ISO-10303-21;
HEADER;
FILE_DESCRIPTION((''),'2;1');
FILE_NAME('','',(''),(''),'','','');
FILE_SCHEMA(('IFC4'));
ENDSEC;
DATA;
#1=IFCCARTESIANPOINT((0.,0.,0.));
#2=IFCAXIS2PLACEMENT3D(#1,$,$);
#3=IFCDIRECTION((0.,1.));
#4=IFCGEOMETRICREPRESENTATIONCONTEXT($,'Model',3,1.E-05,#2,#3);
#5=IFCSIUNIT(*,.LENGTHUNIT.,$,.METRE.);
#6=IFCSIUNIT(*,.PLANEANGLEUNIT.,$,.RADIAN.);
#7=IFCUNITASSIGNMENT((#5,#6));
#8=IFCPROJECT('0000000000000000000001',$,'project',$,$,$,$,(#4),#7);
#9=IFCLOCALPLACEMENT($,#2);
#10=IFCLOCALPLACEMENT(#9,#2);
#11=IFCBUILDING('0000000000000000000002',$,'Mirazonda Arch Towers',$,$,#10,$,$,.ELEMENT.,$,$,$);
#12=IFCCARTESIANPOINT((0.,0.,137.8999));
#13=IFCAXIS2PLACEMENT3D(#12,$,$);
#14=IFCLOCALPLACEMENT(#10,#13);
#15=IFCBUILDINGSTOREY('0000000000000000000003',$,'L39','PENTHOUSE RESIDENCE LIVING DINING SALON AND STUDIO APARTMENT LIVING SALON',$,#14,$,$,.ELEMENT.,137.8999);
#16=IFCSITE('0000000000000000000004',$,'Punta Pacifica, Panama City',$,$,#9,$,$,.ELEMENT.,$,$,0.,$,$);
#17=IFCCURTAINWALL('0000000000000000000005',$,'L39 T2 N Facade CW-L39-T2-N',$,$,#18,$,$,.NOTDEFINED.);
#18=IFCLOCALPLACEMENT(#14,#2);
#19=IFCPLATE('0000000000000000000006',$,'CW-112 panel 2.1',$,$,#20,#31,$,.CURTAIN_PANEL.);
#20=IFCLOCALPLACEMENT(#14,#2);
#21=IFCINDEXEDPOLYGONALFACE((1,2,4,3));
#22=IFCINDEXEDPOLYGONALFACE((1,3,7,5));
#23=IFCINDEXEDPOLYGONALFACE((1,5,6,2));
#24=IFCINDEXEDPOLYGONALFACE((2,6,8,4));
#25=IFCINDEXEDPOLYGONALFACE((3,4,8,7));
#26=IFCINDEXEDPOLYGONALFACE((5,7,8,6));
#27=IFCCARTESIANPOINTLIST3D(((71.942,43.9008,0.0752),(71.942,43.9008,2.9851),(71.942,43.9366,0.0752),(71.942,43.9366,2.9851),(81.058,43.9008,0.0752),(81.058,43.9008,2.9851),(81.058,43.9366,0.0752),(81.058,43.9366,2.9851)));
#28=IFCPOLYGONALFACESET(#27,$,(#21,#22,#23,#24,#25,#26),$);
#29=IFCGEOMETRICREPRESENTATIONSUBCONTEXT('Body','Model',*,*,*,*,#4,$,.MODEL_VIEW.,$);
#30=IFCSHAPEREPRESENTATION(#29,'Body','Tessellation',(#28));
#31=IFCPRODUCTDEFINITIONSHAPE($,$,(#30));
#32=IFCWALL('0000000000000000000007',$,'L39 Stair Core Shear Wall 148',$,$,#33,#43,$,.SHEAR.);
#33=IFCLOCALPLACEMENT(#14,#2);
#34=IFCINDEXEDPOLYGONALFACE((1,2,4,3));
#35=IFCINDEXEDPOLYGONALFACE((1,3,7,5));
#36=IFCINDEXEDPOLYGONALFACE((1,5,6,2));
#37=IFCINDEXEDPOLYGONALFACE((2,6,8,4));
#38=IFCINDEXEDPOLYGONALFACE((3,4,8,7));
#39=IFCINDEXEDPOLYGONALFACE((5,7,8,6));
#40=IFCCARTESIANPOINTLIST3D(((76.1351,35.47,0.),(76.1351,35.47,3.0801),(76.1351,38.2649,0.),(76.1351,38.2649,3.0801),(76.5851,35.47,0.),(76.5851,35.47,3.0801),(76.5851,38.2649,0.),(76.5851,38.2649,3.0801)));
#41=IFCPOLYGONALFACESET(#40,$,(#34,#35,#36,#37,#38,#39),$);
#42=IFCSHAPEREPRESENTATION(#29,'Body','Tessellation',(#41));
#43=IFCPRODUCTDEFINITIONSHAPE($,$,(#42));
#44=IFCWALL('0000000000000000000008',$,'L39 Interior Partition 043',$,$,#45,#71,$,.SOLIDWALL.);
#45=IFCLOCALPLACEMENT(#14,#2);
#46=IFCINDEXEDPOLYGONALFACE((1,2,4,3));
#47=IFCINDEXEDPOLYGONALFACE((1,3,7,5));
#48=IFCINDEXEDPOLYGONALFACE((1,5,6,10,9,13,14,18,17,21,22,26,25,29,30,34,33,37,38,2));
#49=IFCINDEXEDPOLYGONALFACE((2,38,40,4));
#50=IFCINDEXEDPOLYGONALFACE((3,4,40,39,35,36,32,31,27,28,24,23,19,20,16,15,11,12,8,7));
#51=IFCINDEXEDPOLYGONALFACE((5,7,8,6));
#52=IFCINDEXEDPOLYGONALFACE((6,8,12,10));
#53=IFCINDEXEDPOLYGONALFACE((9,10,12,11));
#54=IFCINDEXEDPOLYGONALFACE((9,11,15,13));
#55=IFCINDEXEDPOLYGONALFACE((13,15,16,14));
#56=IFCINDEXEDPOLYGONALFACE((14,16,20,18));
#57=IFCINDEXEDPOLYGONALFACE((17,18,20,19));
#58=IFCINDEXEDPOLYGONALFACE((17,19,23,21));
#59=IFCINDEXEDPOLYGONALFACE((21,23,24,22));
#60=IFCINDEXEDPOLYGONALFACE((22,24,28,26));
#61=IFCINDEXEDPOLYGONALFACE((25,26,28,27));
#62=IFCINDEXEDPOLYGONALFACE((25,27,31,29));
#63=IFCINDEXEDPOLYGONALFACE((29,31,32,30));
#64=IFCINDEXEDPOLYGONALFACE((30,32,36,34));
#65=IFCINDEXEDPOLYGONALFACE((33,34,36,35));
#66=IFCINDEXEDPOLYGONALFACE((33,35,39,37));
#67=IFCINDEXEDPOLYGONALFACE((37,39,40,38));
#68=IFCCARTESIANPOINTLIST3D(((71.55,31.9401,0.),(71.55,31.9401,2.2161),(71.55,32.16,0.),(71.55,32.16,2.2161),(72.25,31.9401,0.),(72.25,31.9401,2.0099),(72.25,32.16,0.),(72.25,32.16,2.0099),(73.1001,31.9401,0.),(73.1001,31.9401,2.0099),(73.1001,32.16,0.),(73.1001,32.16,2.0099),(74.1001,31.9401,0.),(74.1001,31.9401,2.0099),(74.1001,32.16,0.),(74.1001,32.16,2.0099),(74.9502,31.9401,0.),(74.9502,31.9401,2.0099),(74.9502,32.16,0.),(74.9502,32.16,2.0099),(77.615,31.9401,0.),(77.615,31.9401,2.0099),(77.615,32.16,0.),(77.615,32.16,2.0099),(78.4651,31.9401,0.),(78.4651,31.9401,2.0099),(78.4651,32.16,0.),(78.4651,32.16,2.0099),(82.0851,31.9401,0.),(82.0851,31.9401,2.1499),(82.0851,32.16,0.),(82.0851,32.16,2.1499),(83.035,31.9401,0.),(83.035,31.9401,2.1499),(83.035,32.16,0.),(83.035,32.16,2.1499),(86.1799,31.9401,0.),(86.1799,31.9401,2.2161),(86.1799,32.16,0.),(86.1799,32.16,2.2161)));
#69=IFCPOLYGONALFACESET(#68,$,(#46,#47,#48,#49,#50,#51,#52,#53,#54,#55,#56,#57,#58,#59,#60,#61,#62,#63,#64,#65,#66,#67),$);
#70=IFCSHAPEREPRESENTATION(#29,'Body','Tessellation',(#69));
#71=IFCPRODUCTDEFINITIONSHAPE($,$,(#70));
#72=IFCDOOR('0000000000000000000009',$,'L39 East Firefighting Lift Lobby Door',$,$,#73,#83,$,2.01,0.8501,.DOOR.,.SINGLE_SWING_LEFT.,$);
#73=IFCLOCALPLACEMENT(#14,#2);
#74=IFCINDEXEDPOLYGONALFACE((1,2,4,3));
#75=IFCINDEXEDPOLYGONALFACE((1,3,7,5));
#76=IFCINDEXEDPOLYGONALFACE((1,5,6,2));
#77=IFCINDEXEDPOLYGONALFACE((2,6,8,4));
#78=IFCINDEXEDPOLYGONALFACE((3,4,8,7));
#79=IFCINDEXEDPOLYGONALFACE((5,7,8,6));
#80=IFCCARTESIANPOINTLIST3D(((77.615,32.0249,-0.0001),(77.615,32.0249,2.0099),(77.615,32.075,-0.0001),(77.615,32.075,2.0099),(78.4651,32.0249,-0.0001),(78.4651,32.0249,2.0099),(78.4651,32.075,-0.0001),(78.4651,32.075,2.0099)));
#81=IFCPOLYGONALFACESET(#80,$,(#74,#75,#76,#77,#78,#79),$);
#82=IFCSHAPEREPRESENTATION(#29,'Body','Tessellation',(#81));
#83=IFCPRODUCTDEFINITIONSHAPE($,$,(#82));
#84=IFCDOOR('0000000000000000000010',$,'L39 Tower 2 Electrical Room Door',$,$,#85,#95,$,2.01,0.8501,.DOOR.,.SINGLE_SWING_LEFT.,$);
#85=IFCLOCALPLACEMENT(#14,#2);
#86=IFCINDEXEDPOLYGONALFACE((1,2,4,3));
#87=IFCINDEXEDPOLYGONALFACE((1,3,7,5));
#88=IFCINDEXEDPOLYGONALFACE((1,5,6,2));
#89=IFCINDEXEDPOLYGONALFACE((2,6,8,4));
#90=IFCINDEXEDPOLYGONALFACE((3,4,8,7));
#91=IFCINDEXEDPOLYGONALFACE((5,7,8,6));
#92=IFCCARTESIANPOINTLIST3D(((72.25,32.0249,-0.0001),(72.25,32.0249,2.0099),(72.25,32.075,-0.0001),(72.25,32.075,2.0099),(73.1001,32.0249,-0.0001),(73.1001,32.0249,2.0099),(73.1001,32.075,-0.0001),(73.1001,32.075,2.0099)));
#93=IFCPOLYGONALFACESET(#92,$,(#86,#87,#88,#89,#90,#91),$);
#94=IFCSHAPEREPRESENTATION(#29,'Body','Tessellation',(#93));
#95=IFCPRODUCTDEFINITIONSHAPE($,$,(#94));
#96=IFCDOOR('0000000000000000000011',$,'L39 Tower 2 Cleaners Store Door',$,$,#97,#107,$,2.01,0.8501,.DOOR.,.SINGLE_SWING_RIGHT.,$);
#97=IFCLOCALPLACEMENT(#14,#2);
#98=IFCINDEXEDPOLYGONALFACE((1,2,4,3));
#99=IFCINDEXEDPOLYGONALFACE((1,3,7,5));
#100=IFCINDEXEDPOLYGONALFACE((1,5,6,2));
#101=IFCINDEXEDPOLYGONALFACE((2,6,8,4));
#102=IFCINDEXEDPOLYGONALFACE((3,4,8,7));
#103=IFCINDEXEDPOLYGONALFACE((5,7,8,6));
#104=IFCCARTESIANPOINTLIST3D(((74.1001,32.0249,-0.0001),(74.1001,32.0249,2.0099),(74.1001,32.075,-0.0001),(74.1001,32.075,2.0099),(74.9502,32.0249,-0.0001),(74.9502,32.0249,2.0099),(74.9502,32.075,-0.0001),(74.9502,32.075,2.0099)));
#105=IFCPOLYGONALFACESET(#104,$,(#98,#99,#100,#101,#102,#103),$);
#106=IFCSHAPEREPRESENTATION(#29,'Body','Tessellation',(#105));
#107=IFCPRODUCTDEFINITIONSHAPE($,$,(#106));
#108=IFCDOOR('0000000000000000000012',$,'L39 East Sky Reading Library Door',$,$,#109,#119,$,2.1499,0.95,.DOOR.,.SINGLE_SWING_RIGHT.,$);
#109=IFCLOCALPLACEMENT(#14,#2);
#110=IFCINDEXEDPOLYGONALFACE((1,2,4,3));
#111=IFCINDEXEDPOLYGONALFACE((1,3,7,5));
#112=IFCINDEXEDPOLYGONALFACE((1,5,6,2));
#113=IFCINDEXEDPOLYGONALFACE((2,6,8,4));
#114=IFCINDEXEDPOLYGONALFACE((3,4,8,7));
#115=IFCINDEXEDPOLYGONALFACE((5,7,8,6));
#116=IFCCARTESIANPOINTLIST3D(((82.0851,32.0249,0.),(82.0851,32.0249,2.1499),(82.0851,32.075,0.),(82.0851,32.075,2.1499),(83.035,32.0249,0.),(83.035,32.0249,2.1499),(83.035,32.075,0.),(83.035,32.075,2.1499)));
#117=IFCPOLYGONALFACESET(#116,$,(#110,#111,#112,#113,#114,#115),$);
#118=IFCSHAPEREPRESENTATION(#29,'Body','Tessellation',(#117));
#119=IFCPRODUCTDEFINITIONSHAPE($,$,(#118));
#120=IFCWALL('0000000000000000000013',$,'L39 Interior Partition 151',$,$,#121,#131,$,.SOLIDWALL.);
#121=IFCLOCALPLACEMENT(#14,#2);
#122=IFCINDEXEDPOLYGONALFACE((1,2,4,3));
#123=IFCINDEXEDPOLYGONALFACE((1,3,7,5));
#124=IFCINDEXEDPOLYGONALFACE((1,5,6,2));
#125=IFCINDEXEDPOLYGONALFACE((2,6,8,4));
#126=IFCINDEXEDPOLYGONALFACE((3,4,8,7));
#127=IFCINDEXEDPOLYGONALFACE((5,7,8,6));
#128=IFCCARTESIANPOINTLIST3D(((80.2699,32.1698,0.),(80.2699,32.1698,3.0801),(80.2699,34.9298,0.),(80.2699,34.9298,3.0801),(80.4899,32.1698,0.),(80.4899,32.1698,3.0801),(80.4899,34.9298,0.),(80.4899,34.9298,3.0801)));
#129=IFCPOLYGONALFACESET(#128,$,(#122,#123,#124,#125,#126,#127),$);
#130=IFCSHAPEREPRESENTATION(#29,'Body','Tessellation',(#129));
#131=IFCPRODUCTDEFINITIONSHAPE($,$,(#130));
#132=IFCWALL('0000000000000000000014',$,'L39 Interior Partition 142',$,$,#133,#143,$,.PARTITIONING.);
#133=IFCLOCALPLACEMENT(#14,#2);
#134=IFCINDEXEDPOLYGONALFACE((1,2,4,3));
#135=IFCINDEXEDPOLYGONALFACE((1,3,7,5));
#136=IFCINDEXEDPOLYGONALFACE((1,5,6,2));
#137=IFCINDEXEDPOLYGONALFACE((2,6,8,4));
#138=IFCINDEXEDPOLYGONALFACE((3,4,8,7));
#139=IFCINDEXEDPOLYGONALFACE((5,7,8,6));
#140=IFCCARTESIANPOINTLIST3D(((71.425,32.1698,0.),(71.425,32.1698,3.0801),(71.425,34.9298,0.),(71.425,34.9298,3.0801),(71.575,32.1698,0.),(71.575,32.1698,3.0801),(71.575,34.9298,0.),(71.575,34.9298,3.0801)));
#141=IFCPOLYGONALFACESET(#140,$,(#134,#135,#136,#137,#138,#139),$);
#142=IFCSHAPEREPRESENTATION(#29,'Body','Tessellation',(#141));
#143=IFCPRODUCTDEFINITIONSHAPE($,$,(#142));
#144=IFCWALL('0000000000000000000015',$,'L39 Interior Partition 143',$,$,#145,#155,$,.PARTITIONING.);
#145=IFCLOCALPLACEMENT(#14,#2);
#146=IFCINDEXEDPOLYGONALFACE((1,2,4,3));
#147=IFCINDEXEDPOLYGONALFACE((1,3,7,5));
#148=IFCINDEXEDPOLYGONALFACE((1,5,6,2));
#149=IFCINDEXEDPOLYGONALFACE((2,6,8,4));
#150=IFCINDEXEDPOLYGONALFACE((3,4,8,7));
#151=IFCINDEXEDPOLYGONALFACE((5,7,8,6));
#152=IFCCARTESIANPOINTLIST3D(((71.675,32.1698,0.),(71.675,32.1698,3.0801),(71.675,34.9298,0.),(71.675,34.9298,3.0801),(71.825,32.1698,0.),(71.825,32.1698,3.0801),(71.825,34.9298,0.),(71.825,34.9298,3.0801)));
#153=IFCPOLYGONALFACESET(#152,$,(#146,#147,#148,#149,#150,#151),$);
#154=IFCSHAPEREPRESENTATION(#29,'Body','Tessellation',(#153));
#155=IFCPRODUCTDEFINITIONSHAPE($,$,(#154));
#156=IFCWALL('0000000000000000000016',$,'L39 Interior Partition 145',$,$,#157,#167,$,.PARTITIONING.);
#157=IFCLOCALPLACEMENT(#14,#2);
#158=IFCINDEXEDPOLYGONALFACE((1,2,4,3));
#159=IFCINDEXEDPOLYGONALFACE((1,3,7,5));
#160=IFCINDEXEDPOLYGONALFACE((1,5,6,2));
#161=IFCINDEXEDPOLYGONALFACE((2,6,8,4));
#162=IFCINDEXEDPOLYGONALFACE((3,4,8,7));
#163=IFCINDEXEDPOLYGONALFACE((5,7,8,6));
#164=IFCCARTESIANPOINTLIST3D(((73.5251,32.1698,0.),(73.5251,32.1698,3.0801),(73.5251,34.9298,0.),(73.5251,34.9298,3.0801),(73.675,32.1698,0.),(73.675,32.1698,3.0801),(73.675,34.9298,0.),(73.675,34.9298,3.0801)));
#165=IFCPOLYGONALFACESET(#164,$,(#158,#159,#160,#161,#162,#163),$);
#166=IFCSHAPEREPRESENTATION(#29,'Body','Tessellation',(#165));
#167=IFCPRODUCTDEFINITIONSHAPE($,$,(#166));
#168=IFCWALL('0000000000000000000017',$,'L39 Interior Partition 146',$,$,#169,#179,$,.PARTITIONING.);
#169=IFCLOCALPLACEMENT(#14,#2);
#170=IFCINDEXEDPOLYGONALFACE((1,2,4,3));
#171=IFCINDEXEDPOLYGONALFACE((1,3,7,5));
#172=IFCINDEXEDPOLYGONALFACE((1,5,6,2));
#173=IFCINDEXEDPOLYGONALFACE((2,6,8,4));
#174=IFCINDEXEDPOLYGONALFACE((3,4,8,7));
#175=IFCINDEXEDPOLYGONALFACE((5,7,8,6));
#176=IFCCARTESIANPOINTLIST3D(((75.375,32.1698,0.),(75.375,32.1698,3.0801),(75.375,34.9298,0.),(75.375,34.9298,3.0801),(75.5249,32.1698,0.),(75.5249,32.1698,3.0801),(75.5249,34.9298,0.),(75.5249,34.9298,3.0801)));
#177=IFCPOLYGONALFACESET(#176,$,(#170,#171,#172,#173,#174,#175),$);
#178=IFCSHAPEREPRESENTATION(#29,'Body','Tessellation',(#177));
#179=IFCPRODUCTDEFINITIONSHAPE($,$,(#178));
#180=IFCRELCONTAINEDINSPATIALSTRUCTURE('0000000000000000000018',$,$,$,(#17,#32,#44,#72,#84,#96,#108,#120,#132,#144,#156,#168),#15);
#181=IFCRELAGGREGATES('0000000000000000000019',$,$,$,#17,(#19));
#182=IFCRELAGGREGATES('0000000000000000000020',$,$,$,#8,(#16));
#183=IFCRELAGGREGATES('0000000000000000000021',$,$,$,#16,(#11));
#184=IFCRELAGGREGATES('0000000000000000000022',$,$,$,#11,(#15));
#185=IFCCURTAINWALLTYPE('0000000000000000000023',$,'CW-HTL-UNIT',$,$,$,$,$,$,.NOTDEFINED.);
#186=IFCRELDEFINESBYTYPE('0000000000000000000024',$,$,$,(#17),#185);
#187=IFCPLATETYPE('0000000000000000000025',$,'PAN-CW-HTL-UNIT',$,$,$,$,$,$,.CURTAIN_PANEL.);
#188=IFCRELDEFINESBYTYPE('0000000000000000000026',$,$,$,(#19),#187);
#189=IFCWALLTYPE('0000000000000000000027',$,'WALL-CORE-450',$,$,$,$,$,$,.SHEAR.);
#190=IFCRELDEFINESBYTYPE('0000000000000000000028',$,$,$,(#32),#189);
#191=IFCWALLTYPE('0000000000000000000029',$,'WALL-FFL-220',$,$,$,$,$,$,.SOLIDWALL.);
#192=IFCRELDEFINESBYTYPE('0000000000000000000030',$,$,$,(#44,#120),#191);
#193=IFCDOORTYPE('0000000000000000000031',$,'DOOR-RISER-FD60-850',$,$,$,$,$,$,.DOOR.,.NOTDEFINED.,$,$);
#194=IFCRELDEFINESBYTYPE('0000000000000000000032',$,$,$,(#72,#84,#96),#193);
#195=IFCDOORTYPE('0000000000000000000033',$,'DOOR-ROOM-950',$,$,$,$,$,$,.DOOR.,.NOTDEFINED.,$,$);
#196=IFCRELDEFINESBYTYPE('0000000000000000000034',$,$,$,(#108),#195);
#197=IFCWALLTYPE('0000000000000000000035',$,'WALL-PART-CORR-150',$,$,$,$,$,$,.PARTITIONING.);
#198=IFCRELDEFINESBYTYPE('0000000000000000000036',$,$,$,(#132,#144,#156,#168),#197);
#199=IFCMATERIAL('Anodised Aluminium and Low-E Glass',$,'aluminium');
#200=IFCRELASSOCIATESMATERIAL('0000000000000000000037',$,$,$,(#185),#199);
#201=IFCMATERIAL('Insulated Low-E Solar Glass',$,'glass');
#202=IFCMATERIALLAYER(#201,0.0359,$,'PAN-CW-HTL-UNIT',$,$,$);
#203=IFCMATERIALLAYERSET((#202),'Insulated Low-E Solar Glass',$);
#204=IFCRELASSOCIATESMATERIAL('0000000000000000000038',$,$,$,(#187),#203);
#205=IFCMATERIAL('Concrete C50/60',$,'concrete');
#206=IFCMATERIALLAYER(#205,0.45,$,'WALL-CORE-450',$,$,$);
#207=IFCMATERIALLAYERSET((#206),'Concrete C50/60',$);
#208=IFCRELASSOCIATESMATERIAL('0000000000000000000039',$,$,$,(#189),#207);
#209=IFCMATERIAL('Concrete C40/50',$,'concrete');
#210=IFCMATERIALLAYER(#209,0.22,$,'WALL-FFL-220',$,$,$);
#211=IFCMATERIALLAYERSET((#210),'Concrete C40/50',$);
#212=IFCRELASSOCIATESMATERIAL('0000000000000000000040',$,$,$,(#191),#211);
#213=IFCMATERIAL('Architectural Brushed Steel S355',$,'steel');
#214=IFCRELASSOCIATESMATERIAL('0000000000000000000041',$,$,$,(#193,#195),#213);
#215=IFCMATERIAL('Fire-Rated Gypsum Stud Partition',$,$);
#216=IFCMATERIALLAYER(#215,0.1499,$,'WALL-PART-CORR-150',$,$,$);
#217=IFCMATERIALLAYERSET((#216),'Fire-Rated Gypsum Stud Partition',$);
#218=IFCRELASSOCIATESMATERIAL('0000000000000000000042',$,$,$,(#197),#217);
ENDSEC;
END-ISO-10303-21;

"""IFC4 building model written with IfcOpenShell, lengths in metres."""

from ifc_helpers import new_model, si_unit, direction, frame, frame_2d, origin, origin_2d, place, context, subcontext, project, spatial, rectangle, extrude, material, layer, layer_set, type_object, element, fill, aggregate, save


model = new_model("IFC4")

# Units and contexts
model_context = context("Model", 3, precision=1e-05, world=origin(), true_north=direction((0.0, 1.0)))
body_context = subcontext(model_context, "Body", "Model", "MODEL_VIEW")
ifc_project = project(units=[si_unit("LENGTHUNIT", "METRE"), si_unit("PLANEANGLEUNIT", "RADIAN")], contexts=[model_context])

# Site, building, storey
site_placement = place(None, origin())
site = spatial("IfcSite", under=ifc_project, at=site_placement, Name="Punta Pacifica, Panama City", CompositionType="ELEMENT", RefElevation=0.0)
building_placement = place(site_placement, origin())
building = spatial("IfcBuilding", under=site, at=building_placement, Name="Mirazonda Arch Towers", CompositionType="ELEMENT")
storey_placement = place(building_placement, frame((0.0, 0.0, 137.8999)))
storey = spatial("IfcBuildingStorey", under=building, at=storey_placement, Name="L39", Description="PENTHOUSE RESIDENCE LIVING DINING SALON AND STUDIO APARTMENT LIVING SALON", CompositionType="ELEMENT", Elevation=137.8999)

# Shared definitions
ifc_material_1 = material(Name="Concrete C50/60", Category="concrete")

# Curtain wall, plate
ifc_material_2 = material(Name="Anodised Aluminium and Low-E Glass", Category="aluminium")
curtain_wall_type = type_object("IfcCurtainWallType", Name="CW-HTL-UNIT", PredefinedType="NOTDEFINED", material=ifc_material_2)
curtain_wall_placement = place(storey_placement, origin())
curtain_wall = element("IfcCurtainWall", 1, at=curtain_wall_placement, inside=storey, type_object=curtain_wall_type, Name="L39 T2 N Facade CW-L39-T2-N", PredefinedType="NOTDEFINED")
ifc_material_3 = material(Name="Insulated Low-E Solar Glass", Category="glass")
ifc_layer_1 = layer(ifc_material_3, 0.0359, Name="PAN-CW-HTL-UNIT")
ifc_layer_set_1 = layer_set([ifc_layer_1], Name="Insulated Low-E Solar Glass")
plate_type = type_object("IfcPlateType", Name="PAN-CW-HTL-UNIT", PredefinedType="CURTAIN_PANEL", material=ifc_layer_set_1)
plate_placement = place(storey_placement, frame((76.5, 43.9187, 0.0752), z_axis=(0.0, 0.0, 1.0), x_axis=(1.0, 0.0, 0.0)))
plate = element("IfcPlate", 2, at=plate_placement, type_object=plate_type, Name="CW-112 panel 2.1", PredefinedType="CURTAIN_PANEL", context=body_context, shape_type="SweptSolid", body=[
    extrude(rectangle(XDim=9.116, YDim=0.0359, at=origin_2d()), origin(), (0.0, 0.0, 1.0), 2.9099),
])
aggregate(curtain_wall, [plate])

# Wall
ifc_layer_2 = layer(ifc_material_1, 0.45, Name="WALL-CORE-450")
ifc_layer_set_2 = layer_set([ifc_layer_2], Name="Concrete C50/60")
wall_type_1 = type_object("IfcWallType", Name="WALL-CORE-450", PredefinedType="SHEAR", material=ifc_layer_set_2)
wall_1_placement = place(storey_placement, frame((76.3601, 35.47, 0.0), z_axis=(0.0, 0.0, 1.0), x_axis=(0.0, 1.0, 0.0)))
element("IfcWall", 3, at=wall_1_placement, inside=storey, type_object=wall_type_1, Name="L39 Stair Core Shear Wall 148", PredefinedType="SHEAR", context=body_context, shape_type="SweptSolid", body=[
    extrude(rectangle(XDim=2.7949, YDim=0.45, at=frame_2d((1.3975, 0.0))), origin(), (0.0, 0.0, 1.0), 3.0801),
])

# Wall, openings, doors
ifc_material_4 = material(Name="Concrete C40/50", Category="concrete")
ifc_layer_3 = layer(ifc_material_4, 0.22, Name="WALL-FFL-220")
ifc_layer_set_3 = layer_set([ifc_layer_3], Name="Concrete C40/50")
wall_type_2 = type_object("IfcWallType", Name="WALL-FFL-220", PredefinedType="SOLIDWALL", material=ifc_layer_set_3)
wall_2_placement = place(storey_placement, frame((71.55, 32.05, 0.0), z_axis=(0.0, 0.0, 1.0), x_axis=(1.0, 0.0, 0.0)))
wall_2 = element("IfcWall", 4, at=wall_2_placement, inside=storey, type_object=wall_type_2, Name="L39 Interior Partition 043", PredefinedType="SOLIDWALL", context=body_context, shape_type="SweptSolid", body=[
    extrude(rectangle(XDim=14.6299, YDim=0.22, at=frame_2d((7.3149, 0.0))), origin(), (0.0, 0.0, 1.0), 2.2161),
])
opening_1_placement = place(wall_2_placement, frame((6.0649, 0.0, 0.0)))
opening_1 = element("IfcOpeningElement", 5, at=opening_1_placement, cuts=wall_2, PredefinedType="OPENING", context=body_context, shape_type="SweptSolid", body=[
    extrude(rectangle(XDim=0.8501, YDim=2.01, at=frame_2d((0.425, 1.0049))), frame((0.0, 0.1199, 0.0), z_axis=(0.0, -1.0, 0.0), x_axis=(1.0, 0.0, 0.0)), (0.0, 0.0, 1.0), 0.24),
])
opening_2_placement = place(wall_2_placement, frame((10.5349, 0.0, 0.0)))
opening_2 = element("IfcOpeningElement", 6, at=opening_2_placement, cuts=wall_2, PredefinedType="OPENING", context=body_context, shape_type="SweptSolid", body=[
    extrude(rectangle(XDim=0.95, YDim=2.1499, at=frame_2d((0.4751, 1.075))), frame((0.0, 0.1199, 0.0), z_axis=(0.0, -1.0, 0.0), x_axis=(1.0, 0.0, 0.0)), (0.0, 0.0, 1.0), 0.24),
])
opening_3_placement = place(wall_2_placement, frame((0.7, 0.0, 0.0)))
opening_3 = element("IfcOpeningElement", 7, at=opening_3_placement, cuts=wall_2, PredefinedType="OPENING", context=body_context, shape_type="SweptSolid", body=[
    extrude(rectangle(XDim=0.8501, YDim=2.01, at=frame_2d((0.425, 1.0049))), frame((0.0, 0.1199, 0.0), z_axis=(0.0, -1.0, 0.0), x_axis=(1.0, 0.0, 0.0)), (0.0, 0.0, 1.0), 0.24),
])
opening_4_placement = place(wall_2_placement, frame((2.55, 0.0, 0.0)))
opening_4 = element("IfcOpeningElement", 8, at=opening_4_placement, cuts=wall_2, PredefinedType="OPENING", context=body_context, shape_type="SweptSolid", body=[
    extrude(rectangle(XDim=0.8501, YDim=2.01, at=frame_2d((0.425, 1.0049))), frame((0.0, 0.1199, 0.0), z_axis=(0.0, -1.0, 0.0), x_axis=(1.0, 0.0, 0.0)), (0.0, 0.0, 1.0), 0.24),
])
ifc_material_5 = material(Name="Architectural Brushed Steel S355", Category="steel")
door_type_1 = type_object("IfcDoorType", Name="DOOR-RISER-FD60-850", OperationType="NOTDEFINED", PredefinedType="DOOR", material=ifc_material_5)
door_1_placement = place(opening_1_placement, origin())
door_1 = element("IfcDoor", 9, at=door_1_placement, inside=storey, type_object=door_type_1, Name="L39 East Firefighting Lift Lobby Door", OperationType="SINGLE_SWING_LEFT", OverallHeight=2.01, OverallWidth=0.8501, PredefinedType="DOOR", context=body_context, shape_type="SweptSolid", body=[
    extrude(rectangle(XDim=0.8501, YDim=2.01, at=frame_2d((0.425, 1.0049))), frame((0.0, 0.0249, 0.0), z_axis=(0.0, -1.0, 0.0), x_axis=(1.0, 0.0, 0.0)), (0.0, 0.0, 1.0), 0.05),
])
fill(opening_1, door_1)
door_2_placement = place(opening_3_placement, origin())
door_2 = element("IfcDoor", 10, at=door_2_placement, inside=storey, type_object=door_type_1, Name="L39 Tower 2 Electrical Room Door", OperationType="SINGLE_SWING_LEFT", OverallHeight=2.01, OverallWidth=0.8501, PredefinedType="DOOR", context=body_context, shape_type="SweptSolid", body=[
    extrude(rectangle(XDim=0.8501, YDim=2.01, at=frame_2d((0.425, 1.0049))), frame((0.0, 0.0249, 0.0), z_axis=(0.0, -1.0, 0.0), x_axis=(1.0, 0.0, 0.0)), (0.0, 0.0, 1.0), 0.05),
])
fill(opening_3, door_2)
door_3_placement = place(opening_4_placement, origin())
door_3 = element("IfcDoor", 11, at=door_3_placement, inside=storey, type_object=door_type_1, Name="L39 Tower 2 Cleaners Store Door", OperationType="SINGLE_SWING_RIGHT", OverallHeight=2.01, OverallWidth=0.8501, PredefinedType="DOOR", context=body_context, shape_type="SweptSolid", body=[
    extrude(rectangle(XDim=0.8501, YDim=2.01, at=frame_2d((0.425, 1.0049))), frame((0.0, 0.0249, 0.0), z_axis=(0.0, -1.0, 0.0), x_axis=(1.0, 0.0, 0.0)), (0.0, 0.0, 1.0), 0.05),
])
fill(opening_4, door_3)
door_type_2 = type_object("IfcDoorType", Name="DOOR-ROOM-950", OperationType="NOTDEFINED", PredefinedType="DOOR", material=ifc_material_5)
door_4_placement = place(opening_2_placement, origin())
door_4 = element("IfcDoor", 12, at=door_4_placement, inside=storey, type_object=door_type_2, Name="L39 East Sky Reading Library Door", OperationType="SINGLE_SWING_RIGHT", OverallHeight=2.1499, OverallWidth=0.95, PredefinedType="DOOR", context=body_context, shape_type="SweptSolid", body=[
    extrude(rectangle(XDim=0.95, YDim=2.1499, at=frame_2d((0.4751, 1.075))), frame((0.0, 0.0249, 0.0), z_axis=(0.0, -1.0, 0.0), x_axis=(1.0, 0.0, 0.0)), (0.0, 0.0, 1.0), 0.05),
])
fill(opening_2, door_4)

# Walls
wall_3_placement = place(storey_placement, frame((80.3799, 32.1699, 0.0), z_axis=(0.0, 0.0, 1.0), x_axis=(0.0, 1.0, 0.0)))
element("IfcWall", 13, at=wall_3_placement, inside=storey, type_object=wall_type_2, Name="L39 Interior Partition 151", PredefinedType="SOLIDWALL", context=body_context, shape_type="SweptSolid", body=[
    extrude(rectangle(XDim=2.76, YDim=0.22, at=frame_2d((1.3799, 0.0))), origin(), (0.0, 0.0, 1.0), 3.0801),
])
ifc_material_6 = material(Name="Fire-Rated Gypsum Stud Partition")
ifc_layer_4 = layer(ifc_material_6, 0.1499, Name="WALL-PART-CORR-150")
ifc_layer_set_4 = layer_set([ifc_layer_4], Name="Fire-Rated Gypsum Stud Partition")
wall_type_3 = type_object("IfcWallType", Name="WALL-PART-CORR-150", PredefinedType="PARTITIONING", material=ifc_layer_set_4)
for number, where, z_axis, x_axis, name in (
    (14, (71.5, 32.1699, 0.0), (0.0, 0.0, 1.0), (0.0, 1.0, 0.0), "L39 Interior Partition 142"),
    (15, (71.75, 32.1699, 0.0), (0.0, 0.0, 1.0), (0.0, 1.0, 0.0), "L39 Interior Partition 143"),
    (16, (73.6001, 32.1699, 0.0), (0.0, 0.0, 1.0), (0.0, 1.0, 0.0), "L39 Interior Partition 145"),
    (17, (75.45, 32.1699, 0.0), (0.0, 0.0, 1.0), (0.0, 1.0, 0.0), "L39 Interior Partition 146"),
):
    element("IfcWall", number, at=place(storey_placement, frame(where, z_axis=z_axis, x_axis=x_axis)), inside=storey, type_object=wall_type_3, Name=name, PredefinedType="PARTITIONING", context=body_context, shape_type="SweptSolid", body=[
        extrude(rectangle(XDim=2.76, YDim=0.1499, at=frame_2d((1.3799, 0.0))), origin(), (0.0, 0.0, 1.0), 3.0801),
    ])

save(model, "model.ifc")
